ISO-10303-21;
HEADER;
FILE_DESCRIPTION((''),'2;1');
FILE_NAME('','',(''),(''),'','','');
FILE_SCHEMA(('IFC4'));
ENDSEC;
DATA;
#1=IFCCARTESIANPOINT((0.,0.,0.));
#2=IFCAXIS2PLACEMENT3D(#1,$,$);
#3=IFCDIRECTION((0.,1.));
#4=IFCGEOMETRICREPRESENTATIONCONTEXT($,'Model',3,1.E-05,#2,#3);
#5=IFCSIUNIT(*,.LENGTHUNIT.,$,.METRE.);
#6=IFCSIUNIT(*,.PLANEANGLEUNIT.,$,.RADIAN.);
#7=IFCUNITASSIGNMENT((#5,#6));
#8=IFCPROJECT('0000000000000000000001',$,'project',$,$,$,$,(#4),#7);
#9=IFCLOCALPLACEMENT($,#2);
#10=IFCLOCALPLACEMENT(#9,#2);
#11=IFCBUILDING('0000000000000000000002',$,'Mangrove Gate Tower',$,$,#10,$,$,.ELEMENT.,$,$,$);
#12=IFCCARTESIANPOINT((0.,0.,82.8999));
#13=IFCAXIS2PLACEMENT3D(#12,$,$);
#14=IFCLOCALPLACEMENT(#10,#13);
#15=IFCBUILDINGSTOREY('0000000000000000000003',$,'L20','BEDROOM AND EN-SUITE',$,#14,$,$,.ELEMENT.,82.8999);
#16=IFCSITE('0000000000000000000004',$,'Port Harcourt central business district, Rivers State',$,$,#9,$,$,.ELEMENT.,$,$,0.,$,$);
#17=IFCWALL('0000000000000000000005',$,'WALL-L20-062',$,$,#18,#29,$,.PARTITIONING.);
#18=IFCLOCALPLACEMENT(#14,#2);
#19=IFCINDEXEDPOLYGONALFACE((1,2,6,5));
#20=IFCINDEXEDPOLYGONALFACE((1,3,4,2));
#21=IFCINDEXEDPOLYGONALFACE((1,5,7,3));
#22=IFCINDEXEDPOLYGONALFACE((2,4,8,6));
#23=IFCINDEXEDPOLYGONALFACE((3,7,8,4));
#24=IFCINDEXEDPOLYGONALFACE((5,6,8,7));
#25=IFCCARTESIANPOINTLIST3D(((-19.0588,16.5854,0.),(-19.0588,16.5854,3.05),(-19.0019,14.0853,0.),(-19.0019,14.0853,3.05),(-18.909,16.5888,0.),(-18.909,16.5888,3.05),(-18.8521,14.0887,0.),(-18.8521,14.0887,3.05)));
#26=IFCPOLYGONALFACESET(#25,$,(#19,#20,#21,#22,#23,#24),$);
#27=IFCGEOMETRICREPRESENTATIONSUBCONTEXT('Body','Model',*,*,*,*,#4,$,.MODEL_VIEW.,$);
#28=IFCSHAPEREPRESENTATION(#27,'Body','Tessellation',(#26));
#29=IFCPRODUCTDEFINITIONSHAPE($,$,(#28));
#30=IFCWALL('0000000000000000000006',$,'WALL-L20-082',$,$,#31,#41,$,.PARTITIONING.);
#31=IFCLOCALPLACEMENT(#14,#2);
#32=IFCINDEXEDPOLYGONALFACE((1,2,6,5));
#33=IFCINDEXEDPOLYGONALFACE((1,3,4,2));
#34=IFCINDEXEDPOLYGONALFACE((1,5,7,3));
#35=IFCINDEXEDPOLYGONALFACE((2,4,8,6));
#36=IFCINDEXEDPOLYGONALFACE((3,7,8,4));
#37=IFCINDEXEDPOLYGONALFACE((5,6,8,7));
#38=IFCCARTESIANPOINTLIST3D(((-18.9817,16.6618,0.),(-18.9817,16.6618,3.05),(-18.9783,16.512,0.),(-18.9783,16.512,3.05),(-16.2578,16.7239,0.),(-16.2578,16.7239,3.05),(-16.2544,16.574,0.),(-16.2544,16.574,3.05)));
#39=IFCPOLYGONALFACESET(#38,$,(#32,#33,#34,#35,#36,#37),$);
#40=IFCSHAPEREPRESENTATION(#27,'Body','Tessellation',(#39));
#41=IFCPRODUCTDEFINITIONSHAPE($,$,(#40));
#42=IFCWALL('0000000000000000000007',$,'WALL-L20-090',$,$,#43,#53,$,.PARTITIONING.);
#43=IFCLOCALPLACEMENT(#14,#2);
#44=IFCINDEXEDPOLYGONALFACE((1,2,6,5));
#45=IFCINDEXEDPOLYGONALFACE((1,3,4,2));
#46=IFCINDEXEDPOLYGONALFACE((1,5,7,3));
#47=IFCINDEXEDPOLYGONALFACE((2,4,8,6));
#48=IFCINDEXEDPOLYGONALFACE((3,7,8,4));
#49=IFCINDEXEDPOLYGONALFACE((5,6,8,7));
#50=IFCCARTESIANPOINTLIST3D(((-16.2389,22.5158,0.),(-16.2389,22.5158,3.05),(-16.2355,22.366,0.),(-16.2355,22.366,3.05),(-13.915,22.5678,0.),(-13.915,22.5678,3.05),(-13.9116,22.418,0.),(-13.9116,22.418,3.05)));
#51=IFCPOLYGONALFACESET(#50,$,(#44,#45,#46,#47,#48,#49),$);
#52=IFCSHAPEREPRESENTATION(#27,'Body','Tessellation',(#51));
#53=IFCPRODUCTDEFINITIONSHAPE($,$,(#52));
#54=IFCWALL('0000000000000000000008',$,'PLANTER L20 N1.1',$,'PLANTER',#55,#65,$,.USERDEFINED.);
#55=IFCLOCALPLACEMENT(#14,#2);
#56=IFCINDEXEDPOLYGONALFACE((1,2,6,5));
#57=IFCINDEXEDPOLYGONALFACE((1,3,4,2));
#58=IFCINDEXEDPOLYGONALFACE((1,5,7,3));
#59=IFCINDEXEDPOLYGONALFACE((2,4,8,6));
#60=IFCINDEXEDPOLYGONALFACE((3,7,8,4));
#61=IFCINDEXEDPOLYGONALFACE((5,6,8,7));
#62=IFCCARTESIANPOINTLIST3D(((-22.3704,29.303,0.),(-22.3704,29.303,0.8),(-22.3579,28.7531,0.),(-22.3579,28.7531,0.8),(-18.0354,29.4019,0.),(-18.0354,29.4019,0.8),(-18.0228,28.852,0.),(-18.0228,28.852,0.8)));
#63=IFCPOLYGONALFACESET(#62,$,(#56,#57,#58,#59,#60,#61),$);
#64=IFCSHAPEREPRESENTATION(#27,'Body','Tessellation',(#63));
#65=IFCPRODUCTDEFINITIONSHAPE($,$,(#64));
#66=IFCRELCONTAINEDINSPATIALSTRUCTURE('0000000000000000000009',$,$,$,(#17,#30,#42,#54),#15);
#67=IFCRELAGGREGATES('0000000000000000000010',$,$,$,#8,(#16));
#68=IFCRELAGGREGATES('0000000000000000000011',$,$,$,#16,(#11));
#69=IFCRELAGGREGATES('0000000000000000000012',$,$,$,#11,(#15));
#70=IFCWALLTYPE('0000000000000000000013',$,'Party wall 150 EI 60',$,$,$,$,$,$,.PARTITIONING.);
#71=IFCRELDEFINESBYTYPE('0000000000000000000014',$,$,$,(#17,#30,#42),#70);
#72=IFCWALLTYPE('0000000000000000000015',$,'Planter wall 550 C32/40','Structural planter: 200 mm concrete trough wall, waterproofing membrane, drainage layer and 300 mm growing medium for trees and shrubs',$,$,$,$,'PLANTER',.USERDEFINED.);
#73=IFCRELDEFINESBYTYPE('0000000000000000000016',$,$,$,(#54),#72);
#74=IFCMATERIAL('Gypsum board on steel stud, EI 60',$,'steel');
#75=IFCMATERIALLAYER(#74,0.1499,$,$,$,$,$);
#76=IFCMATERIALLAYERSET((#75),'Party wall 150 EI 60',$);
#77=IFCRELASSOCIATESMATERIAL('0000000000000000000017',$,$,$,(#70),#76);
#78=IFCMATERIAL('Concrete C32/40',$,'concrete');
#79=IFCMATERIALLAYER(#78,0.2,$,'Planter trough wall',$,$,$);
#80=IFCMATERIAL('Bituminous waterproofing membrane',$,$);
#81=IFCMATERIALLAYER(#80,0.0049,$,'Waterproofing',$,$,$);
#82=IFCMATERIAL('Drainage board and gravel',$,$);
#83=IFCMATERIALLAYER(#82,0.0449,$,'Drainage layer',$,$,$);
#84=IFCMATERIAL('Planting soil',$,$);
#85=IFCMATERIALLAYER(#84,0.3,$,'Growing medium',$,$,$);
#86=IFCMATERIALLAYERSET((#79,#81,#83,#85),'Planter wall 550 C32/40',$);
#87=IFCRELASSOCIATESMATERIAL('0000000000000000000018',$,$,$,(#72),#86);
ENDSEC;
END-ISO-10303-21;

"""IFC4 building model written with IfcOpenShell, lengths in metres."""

from ifc_helpers import new_model, si_unit, direction, frame, frame_2d, origin, place, context, subcontext, project, spatial, rectangle, extrude, material, layer, layer_set, type_object, element, save


model = new_model("IFC4")

# Units and contexts
model_context = context("Model", 3, precision=1e-05, world=origin(), true_north=direction((0.0, 1.0)))
body_context = subcontext(model_context, "Body", "Model", "MODEL_VIEW")
ifc_project = project(units=[si_unit("LENGTHUNIT", "METRE"), si_unit("PLANEANGLEUNIT", "RADIAN")], contexts=[model_context])

# Site, building, storey
site_placement = place(None, origin())
site = spatial("IfcSite", under=ifc_project, at=site_placement, Name="Port Harcourt central business district, Rivers State", CompositionType="ELEMENT", RefElevation=0.0)
building_placement = place(site_placement, origin())
building = spatial("IfcBuilding", under=site, at=building_placement, Name="Mangrove Gate Tower", CompositionType="ELEMENT")
storey_placement = place(building_placement, frame((0.0, 0.0, 82.8999)))
storey = spatial("IfcBuildingStorey", under=building, at=storey_placement, Name="L20", Description="BEDROOM AND EN-SUITE", CompositionType="ELEMENT", Elevation=82.8999)

# Walls
ifc_material_1 = material(Name="Gypsum board on steel stud, EI 60", Category="steel")
ifc_layer_1 = layer(ifc_material_1, 0.1499)
ifc_layer_set_1 = layer_set([ifc_layer_1], Name="Party wall 150 EI 60")
wall_type_1 = type_object("IfcWallType", Name="Party wall 150 EI 60", PredefinedType="PARTITIONING", material=ifc_layer_set_1)
wall_1_placement = place(storey_placement, frame((-18.927, 14.0869, 0.0), z_axis=(0.0, 0.0, 1.0), x_axis=(-0.022748, 0.999741, 0.0)))
element("IfcWall", 1, at=wall_1_placement, inside=storey, type_object=wall_type_1, Name="WALL-L20-062", PredefinedType="PARTITIONING", context=body_context, shape_type="SweptSolid", body=[
    extrude(rectangle(XDim=2.5007, YDim=0.1499, at=frame_2d((1.2505, 0.0))), origin(), (0.0, 0.0, 1.0), 3.05),
])
wall_2_placement = place(storey_placement, frame((-18.98, 16.5869, 0.0), z_axis=(0.0, 0.0, 1.0), x_axis=(0.999741, 0.02276, 0.0)))
element("IfcWall", 2, at=wall_2_placement, inside=storey, type_object=wall_type_1, Name="WALL-L20-082", PredefinedType="PARTITIONING", context=body_context, shape_type="SweptSolid", body=[
    extrude(rectangle(XDim=2.7246, YDim=0.1499, at=frame_2d((1.3623, 0.0))), origin(), (0.0, 0.0, 1.0), 3.05),
])
wall_3_placement = place(storey_placement, frame((-16.2371, 22.4409, 0.0), z_axis=(0.0, 0.0, 1.0), x_axis=(0.99975, 0.022371, 0.0)))
element("IfcWall", 3, at=wall_3_placement, inside=storey, type_object=wall_type_1, Name="WALL-L20-090", PredefinedType="PARTITIONING", context=body_context, shape_type="SweptSolid", body=[
    extrude(rectangle(XDim=2.3245, YDim=0.1499, at=frame_2d((1.1621, 0.0))), origin(), (0.0, 0.0, 1.0), 3.05),
])
ifc_material_2 = material(Name="Concrete C32/40", Category="concrete")
ifc_layer_2 = layer(ifc_material_2, 0.2, Name="Planter trough wall")
ifc_material_3 = material(Name="Bituminous waterproofing membrane")
ifc_layer_3 = layer(ifc_material_3, 0.0049, Name="Waterproofing")
ifc_material_4 = material(Name="Drainage board and gravel")
ifc_layer_4 = layer(ifc_material_4, 0.0449, Name="Drainage layer")
ifc_material_5 = material(Name="Planting soil")
ifc_layer_5 = layer(ifc_material_5, 0.3, Name="Growing medium")
ifc_layer_set_2 = layer_set([ifc_layer_2, ifc_layer_3, ifc_layer_4, ifc_layer_5], Name="Planter wall 550 C32/40")
wall_type_2 = type_object("IfcWallType", Name="Planter wall 550 C32/40", Description="Structural planter: 200 mm concrete trough wall, waterproofing membrane, drainage layer and 300 mm growing medium for trees and shrubs", ElementType="PLANTER", PredefinedType="USERDEFINED", material=ifc_layer_set_2)
wall_4_placement = place(storey_placement, frame((-22.364, 29.0281, 0.0), z_axis=(0.0, 0.0, 1.0), x_axis=(0.99974, 0.022803, 0.0)))
element("IfcWall", 4, at=wall_4_placement, inside=storey, type_object=wall_type_2, Name="PLANTER L20 N1.1", ObjectType="PLANTER", PredefinedType="USERDEFINED", context=body_context, shape_type="SweptSolid", body=[
    extrude(rectangle(XDim=4.3362, YDim=0.55, at=frame_2d((2.168, 0.0))), origin(), (0.0, 0.0, 1.0), 0.8),
])

save(model, "model.ifc")
